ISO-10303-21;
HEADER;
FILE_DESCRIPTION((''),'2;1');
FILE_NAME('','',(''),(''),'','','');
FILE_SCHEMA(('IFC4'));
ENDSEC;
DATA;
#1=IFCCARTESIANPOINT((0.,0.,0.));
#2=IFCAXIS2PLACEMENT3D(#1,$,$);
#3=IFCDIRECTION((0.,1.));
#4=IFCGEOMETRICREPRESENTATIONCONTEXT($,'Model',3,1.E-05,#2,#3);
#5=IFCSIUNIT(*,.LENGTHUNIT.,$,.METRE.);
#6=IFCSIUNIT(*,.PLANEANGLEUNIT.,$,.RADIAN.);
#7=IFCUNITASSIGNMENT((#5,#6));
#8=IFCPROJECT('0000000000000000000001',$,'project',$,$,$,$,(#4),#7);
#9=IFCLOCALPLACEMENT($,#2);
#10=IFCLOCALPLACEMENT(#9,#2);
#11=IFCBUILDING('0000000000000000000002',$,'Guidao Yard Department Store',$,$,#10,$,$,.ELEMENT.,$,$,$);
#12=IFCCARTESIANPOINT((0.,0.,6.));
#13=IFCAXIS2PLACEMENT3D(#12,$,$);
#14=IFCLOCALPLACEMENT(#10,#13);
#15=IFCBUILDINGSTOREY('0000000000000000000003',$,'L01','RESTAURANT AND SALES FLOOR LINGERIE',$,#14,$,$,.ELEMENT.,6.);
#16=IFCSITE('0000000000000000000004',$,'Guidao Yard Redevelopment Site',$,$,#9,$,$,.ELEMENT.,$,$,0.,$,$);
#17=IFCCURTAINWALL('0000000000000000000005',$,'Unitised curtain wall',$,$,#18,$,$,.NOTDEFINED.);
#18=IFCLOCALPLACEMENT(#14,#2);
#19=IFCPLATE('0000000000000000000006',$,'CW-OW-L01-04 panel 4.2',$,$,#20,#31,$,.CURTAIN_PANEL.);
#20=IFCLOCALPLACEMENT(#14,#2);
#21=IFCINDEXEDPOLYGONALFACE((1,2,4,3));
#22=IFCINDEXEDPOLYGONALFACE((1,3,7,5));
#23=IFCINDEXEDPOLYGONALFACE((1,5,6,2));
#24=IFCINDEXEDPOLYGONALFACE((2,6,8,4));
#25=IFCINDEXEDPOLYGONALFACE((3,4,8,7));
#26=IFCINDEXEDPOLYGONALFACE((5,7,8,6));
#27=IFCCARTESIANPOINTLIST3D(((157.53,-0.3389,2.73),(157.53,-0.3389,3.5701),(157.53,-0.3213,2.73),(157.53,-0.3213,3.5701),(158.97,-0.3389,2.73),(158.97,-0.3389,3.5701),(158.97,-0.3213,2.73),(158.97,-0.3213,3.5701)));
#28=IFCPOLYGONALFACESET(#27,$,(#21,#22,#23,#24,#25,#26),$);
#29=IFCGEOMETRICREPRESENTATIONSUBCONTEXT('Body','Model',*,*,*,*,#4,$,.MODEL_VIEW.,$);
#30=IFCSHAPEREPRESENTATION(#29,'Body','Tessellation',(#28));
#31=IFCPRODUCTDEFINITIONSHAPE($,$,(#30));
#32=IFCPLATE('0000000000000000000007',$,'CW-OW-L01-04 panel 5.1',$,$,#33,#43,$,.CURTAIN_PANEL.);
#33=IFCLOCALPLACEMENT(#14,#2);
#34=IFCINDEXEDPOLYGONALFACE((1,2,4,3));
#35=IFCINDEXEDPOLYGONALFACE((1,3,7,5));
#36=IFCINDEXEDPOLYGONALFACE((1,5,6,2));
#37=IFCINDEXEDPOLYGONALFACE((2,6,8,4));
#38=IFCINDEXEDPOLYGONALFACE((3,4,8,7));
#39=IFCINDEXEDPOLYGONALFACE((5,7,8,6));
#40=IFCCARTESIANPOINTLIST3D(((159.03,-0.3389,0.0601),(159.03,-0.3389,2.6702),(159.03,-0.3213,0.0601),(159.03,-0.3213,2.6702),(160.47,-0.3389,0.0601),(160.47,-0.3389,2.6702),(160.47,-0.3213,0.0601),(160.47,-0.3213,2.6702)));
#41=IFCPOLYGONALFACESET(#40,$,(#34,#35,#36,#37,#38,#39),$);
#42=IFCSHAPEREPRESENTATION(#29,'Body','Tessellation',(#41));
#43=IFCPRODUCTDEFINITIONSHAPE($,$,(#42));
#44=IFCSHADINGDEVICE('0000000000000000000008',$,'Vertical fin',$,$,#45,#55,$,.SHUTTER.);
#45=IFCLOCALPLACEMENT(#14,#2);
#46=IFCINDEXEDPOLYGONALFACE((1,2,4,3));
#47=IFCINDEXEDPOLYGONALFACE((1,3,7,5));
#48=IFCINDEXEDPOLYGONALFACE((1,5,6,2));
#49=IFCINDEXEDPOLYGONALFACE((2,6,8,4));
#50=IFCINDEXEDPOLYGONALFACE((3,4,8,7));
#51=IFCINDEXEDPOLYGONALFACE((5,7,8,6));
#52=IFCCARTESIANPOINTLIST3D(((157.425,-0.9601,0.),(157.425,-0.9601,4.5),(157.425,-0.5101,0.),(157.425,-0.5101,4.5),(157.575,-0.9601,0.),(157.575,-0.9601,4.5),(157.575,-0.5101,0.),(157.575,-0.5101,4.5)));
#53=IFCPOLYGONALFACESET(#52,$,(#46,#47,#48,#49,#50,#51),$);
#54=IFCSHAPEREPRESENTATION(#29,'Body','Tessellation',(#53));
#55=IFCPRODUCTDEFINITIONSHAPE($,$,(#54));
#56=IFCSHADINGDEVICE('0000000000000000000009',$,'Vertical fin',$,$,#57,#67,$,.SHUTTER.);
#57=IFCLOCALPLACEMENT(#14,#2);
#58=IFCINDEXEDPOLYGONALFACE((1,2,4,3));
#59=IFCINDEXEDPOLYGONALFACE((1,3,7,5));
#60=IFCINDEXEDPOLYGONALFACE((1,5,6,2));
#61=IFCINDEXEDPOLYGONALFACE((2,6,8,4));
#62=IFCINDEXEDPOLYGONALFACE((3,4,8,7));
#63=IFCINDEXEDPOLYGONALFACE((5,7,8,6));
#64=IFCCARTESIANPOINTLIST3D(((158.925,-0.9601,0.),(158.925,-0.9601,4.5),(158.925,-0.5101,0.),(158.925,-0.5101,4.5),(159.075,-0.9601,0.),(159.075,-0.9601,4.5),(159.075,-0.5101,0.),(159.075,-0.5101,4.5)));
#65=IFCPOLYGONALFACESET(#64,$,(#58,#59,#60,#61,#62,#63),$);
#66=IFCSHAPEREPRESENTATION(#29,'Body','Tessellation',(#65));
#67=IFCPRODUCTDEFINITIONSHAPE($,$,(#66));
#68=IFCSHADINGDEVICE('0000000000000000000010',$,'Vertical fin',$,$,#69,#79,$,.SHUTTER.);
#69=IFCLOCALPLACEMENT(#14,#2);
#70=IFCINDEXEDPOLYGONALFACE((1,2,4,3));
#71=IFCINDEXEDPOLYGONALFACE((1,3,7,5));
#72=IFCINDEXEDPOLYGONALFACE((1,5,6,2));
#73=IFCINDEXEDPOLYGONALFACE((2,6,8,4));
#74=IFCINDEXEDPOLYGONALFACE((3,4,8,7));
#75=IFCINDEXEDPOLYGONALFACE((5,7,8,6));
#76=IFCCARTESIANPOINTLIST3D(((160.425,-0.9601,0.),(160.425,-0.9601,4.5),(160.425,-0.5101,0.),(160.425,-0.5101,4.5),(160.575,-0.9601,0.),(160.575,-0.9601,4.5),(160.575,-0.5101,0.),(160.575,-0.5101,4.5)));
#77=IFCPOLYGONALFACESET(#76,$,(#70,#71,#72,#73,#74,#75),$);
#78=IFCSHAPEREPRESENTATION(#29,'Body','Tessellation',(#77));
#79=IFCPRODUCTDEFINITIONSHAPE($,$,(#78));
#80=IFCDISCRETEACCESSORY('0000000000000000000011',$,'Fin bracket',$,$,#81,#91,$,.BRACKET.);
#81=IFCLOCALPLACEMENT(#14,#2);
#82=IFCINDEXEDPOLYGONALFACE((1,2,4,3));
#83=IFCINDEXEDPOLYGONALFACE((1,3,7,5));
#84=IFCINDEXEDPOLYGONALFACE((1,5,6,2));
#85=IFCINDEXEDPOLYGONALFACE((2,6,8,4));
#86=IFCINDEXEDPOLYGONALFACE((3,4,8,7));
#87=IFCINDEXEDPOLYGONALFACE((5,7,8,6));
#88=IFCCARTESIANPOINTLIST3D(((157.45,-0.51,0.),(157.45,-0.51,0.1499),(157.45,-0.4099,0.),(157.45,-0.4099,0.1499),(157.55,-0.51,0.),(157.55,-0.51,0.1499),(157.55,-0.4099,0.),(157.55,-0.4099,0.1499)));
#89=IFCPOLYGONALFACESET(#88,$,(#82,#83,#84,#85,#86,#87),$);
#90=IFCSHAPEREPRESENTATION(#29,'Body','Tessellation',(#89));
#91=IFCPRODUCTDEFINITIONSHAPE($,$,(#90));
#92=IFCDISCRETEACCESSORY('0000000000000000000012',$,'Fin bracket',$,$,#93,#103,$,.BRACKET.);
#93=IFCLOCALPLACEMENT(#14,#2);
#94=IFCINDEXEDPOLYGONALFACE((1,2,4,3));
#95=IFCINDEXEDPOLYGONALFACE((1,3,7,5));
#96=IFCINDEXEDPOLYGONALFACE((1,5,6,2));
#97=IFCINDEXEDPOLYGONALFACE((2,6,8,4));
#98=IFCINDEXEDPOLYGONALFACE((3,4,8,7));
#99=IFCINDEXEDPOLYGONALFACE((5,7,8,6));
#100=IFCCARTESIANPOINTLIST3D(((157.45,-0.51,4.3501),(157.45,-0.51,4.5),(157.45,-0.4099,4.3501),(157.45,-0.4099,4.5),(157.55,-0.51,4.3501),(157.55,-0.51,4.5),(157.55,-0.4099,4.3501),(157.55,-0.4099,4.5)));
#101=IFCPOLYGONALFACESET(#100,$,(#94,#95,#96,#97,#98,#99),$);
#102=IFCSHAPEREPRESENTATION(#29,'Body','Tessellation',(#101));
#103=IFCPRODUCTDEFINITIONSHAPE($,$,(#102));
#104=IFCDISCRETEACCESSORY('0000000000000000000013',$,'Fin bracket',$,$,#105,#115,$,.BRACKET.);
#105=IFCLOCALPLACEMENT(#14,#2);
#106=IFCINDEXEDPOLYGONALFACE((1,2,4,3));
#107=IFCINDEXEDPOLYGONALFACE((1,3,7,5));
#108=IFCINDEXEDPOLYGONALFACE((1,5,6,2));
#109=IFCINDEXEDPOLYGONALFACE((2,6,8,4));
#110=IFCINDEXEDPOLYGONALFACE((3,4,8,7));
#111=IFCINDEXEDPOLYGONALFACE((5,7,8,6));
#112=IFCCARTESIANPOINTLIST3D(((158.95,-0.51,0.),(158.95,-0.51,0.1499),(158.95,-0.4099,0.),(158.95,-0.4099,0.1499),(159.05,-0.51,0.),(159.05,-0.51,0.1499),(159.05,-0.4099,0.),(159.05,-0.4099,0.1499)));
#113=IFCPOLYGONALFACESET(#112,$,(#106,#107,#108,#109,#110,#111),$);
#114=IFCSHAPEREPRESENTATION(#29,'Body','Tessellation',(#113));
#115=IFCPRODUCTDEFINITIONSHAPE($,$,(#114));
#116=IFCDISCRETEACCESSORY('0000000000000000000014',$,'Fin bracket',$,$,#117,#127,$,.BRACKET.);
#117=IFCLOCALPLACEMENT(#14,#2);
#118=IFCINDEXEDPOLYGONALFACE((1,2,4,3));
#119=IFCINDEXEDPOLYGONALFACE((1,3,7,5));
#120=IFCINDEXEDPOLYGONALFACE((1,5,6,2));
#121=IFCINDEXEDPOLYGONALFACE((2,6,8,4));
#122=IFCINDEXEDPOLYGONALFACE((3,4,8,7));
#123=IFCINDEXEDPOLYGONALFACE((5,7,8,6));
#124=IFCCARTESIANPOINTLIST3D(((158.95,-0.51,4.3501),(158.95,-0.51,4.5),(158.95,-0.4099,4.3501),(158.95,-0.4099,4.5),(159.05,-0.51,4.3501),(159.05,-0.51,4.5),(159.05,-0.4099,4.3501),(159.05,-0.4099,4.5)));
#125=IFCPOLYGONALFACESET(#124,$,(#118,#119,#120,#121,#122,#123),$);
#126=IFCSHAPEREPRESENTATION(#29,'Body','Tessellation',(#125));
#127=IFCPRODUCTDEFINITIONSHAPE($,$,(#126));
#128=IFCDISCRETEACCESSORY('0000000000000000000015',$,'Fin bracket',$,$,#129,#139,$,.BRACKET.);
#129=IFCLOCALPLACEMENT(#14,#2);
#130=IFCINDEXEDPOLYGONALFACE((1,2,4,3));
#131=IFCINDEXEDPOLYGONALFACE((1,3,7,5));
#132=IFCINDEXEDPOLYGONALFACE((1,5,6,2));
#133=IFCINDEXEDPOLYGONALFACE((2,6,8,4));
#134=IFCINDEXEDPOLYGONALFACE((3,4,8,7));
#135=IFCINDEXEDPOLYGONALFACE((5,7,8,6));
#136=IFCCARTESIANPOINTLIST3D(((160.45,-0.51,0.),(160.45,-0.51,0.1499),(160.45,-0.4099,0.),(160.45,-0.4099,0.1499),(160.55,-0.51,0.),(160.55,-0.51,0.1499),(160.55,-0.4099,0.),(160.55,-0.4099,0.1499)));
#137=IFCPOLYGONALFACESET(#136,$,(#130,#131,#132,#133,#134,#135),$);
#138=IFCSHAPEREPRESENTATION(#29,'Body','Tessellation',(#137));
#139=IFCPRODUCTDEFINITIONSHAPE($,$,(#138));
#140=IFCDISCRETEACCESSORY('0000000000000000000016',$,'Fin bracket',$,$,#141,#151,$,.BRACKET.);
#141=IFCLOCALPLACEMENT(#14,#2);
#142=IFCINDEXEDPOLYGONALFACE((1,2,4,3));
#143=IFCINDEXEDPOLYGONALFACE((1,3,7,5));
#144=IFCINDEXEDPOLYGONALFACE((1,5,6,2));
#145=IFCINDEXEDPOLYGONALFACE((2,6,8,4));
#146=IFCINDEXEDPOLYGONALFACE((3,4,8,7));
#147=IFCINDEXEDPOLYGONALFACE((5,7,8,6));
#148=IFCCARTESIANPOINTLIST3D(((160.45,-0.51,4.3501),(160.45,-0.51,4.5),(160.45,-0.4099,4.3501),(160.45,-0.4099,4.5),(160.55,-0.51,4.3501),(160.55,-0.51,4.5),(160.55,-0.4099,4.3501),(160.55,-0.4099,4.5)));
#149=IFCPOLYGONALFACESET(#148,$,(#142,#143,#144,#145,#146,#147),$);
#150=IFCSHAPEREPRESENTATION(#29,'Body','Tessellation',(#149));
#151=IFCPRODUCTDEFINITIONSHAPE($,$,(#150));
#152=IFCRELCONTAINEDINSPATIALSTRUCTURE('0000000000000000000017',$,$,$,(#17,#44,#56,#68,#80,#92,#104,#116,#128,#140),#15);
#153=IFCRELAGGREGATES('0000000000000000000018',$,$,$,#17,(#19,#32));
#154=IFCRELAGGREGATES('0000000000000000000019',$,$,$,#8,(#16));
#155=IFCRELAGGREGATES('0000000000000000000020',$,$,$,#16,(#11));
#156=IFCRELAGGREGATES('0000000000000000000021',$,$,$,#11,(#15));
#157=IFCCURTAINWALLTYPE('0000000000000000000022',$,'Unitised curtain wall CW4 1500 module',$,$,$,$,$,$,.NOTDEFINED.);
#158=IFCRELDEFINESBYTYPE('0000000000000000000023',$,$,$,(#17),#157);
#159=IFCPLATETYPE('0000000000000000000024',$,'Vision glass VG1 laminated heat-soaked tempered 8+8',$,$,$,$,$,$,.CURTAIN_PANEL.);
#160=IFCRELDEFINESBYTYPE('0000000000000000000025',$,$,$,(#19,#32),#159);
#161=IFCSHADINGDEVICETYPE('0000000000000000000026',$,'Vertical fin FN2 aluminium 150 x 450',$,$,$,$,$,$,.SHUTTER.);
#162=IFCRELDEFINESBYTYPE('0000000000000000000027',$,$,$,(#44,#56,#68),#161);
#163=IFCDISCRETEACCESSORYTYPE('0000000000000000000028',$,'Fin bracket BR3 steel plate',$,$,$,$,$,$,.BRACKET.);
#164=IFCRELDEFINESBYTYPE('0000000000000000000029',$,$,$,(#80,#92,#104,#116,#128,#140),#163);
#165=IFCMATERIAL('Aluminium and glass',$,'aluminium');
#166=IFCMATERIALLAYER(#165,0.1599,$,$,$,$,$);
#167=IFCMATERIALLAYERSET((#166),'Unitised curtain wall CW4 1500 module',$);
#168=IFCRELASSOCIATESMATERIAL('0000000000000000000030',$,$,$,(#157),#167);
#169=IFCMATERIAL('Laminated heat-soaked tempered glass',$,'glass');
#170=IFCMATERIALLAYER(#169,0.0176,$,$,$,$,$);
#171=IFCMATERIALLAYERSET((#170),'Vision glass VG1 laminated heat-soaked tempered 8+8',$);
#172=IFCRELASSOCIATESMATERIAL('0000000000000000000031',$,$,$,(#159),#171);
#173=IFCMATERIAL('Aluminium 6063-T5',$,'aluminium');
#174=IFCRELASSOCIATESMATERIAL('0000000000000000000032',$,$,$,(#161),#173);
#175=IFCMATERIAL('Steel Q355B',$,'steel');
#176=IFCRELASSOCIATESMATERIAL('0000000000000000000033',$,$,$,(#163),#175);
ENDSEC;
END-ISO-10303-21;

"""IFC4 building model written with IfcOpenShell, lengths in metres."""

from ifc_helpers import new_model, si_unit, direction, frame, origin, origin_2d, place, context, subcontext, project, spatial, rectangle, extrude, material, layer, layer_set, type_object, element, aggregate, save


model = new_model("IFC4")

# Units and contexts
model_context = context("Model", 3, precision=1e-05, world=origin(), true_north=direction((0.0, 1.0)))
body_context = subcontext(model_context, "Body", "Model", "MODEL_VIEW")
ifc_project = project(units=[si_unit("LENGTHUNIT", "METRE"), si_unit("PLANEANGLEUNIT", "RADIAN")], contexts=[model_context])

# Site, building, storey
site_placement = place(None, origin())
site = spatial("IfcSite", under=ifc_project, at=site_placement, Name="Guidao Yard Redevelopment Site", CompositionType="ELEMENT", RefElevation=0.0)
building_placement = place(site_placement, origin())
building = spatial("IfcBuilding", under=site, at=building_placement, Name="Guidao Yard Department Store", CompositionType="ELEMENT")
storey_placement = place(building_placement, frame((0.0, 0.0, 6.0)))
storey = spatial("IfcBuildingStorey", under=building, at=storey_placement, Name="L01", Description="RESTAURANT AND SALES FLOOR LINGERIE", CompositionType="ELEMENT", Elevation=6.0)

# Curtain wall, plates
ifc_material_1 = material(Name="Aluminium and glass", Category="aluminium")
ifc_layer_1 = layer(ifc_material_1, 0.1599)
ifc_layer_set_1 = layer_set([ifc_layer_1], Name="Unitised curtain wall CW4 1500 module")
curtain_wall_type = type_object("IfcCurtainWallType", Name="Unitised curtain wall CW4 1500 module", PredefinedType="NOTDEFINED", material=ifc_layer_set_1)
curtain_wall_placement = place(storey_placement, origin())
curtain_wall = element("IfcCurtainWall", 1, at=curtain_wall_placement, inside=storey, type_object=curtain_wall_type, Name="Unitised curtain wall", PredefinedType="NOTDEFINED")
ifc_material_2 = material(Name="Laminated heat-soaked tempered glass", Category="glass")
ifc_layer_2 = layer(ifc_material_2, 0.0176)
ifc_layer_set_2 = layer_set([ifc_layer_2], Name="Vision glass VG1 laminated heat-soaked tempered 8+8")
plate_type_1 = type_object("IfcPlateType", Name="Vision glass VG1 laminated heat-soaked tempered 8+8", PredefinedType="CURTAIN_PANEL", material=ifc_layer_set_2)
plate_1_placement = place(storey_placement, frame((158.25, -0.3301, 2.73), z_axis=(0.0, 0.0, 1.0), x_axis=(-1.0, 0.0, 0.0)))
plate_1 = element("IfcPlate", 2, at=plate_1_placement, type_object=plate_type_1, Name="CW-OW-L01-04 panel 4.2", PredefinedType="CURTAIN_PANEL", context=body_context, shape_type="SweptSolid", body=[
    extrude(rectangle(XDim=1.4399, YDim=0.0176, at=origin_2d()), origin(), (0.0, 0.0, 1.0), 0.8401),
])
plate_2_placement = place(storey_placement, frame((159.75, -0.3301, 0.0601), z_axis=(0.0, 0.0, 1.0), x_axis=(-1.0, 0.0, 0.0)))
plate_2 = element("IfcPlate", 3, at=plate_2_placement, type_object=plate_type_1, Name="CW-OW-L01-04 panel 5.1", PredefinedType="CURTAIN_PANEL", context=body_context, shape_type="SweptSolid", body=[
    extrude(rectangle(XDim=1.4399, YDim=0.0176, at=origin_2d()), origin(), (0.0, 0.0, 1.0), 2.6101),
])
aggregate(curtain_wall, [plate_1, plate_2])

# Shading devices
ifc_material_3 = material(Name="Aluminium 6063-T5", Category="aluminium")
shading_device_type = type_object("IfcShadingDeviceType", Name="Vertical fin FN2 aluminium 150 x 450", PredefinedType="SHUTTER", material=ifc_material_3)
for number, where, z_axis, x_axis, name in (
    (4, (157.5, -0.7351, 0.0), (0.0, 0.0, 1.0), (-1.0, 0.0, 0.0), "Vertical fin"),
    (5, (159.0, -0.7351, 0.0), (0.0, 0.0, 1.0), (-1.0, 0.0, 0.0), "Vertical fin"),
    (6, (160.5, -0.7351, 0.0), (0.0, 0.0, 1.0), (-1.0, 0.0, 0.0), "Vertical fin"),
):
    element("IfcShadingDevice", number, at=place(storey_placement, frame(where, z_axis=z_axis, x_axis=x_axis)), inside=storey, type_object=shading_device_type, Name=name, PredefinedType="SHUTTER", context=body_context, shape_type="SweptSolid", body=[
        extrude(rectangle(XDim=0.1499, YDim=0.45, at=origin_2d()), origin(), (0.0, 0.0, 1.0), 4.5),
    ])

# Discrete accessories
ifc_material_4 = material(Name="Steel Q355B", Category="steel")
discrete_accessory_type = type_object("IfcDiscreteAccessoryType", Name="Fin bracket BR3 steel plate", PredefinedType="BRACKET", material=ifc_material_4)
for number, where, z_axis, x_axis, name in (
    (7, (157.5, -0.46, 0.0), (0.0, 0.0, 1.0), (-1.0, 0.0, 0.0), "Fin bracket"),
    (8, (157.5, -0.46, 4.3501), (0.0, 0.0, 1.0), (-1.0, 0.0, 0.0), "Fin bracket"),
    (9, (159.0, -0.46, 0.0), (0.0, 0.0, 1.0), (-1.0, 0.0, 0.0), "Fin bracket"),
    (10, (159.0, -0.46, 4.3501), (0.0, 0.0, 1.0), (-1.0, 0.0, 0.0), "Fin bracket"),
    (11, (160.5, -0.46, 0.0), (0.0, 0.0, 1.0), (-1.0, 0.0, 0.0), "Fin bracket"),
    (12, (160.5, -0.46, 4.3501), (0.0, 0.0, 1.0), (-1.0, 0.0, 0.0), "Fin bracket"),
):
    element("IfcDiscreteAccessory", number, at=place(storey_placement, frame(where, z_axis=z_axis, x_axis=x_axis)), inside=storey, type_object=discrete_accessory_type, Name=name, PredefinedType="BRACKET", context=body_context, shape_type="SweptSolid", body=[
        extrude(rectangle(XDim=0.1001, YDim=0.1001, at=origin_2d()), origin(), (0.0, 0.0, 1.0), 0.1499),
    ])

save(model, "model.ifc")
